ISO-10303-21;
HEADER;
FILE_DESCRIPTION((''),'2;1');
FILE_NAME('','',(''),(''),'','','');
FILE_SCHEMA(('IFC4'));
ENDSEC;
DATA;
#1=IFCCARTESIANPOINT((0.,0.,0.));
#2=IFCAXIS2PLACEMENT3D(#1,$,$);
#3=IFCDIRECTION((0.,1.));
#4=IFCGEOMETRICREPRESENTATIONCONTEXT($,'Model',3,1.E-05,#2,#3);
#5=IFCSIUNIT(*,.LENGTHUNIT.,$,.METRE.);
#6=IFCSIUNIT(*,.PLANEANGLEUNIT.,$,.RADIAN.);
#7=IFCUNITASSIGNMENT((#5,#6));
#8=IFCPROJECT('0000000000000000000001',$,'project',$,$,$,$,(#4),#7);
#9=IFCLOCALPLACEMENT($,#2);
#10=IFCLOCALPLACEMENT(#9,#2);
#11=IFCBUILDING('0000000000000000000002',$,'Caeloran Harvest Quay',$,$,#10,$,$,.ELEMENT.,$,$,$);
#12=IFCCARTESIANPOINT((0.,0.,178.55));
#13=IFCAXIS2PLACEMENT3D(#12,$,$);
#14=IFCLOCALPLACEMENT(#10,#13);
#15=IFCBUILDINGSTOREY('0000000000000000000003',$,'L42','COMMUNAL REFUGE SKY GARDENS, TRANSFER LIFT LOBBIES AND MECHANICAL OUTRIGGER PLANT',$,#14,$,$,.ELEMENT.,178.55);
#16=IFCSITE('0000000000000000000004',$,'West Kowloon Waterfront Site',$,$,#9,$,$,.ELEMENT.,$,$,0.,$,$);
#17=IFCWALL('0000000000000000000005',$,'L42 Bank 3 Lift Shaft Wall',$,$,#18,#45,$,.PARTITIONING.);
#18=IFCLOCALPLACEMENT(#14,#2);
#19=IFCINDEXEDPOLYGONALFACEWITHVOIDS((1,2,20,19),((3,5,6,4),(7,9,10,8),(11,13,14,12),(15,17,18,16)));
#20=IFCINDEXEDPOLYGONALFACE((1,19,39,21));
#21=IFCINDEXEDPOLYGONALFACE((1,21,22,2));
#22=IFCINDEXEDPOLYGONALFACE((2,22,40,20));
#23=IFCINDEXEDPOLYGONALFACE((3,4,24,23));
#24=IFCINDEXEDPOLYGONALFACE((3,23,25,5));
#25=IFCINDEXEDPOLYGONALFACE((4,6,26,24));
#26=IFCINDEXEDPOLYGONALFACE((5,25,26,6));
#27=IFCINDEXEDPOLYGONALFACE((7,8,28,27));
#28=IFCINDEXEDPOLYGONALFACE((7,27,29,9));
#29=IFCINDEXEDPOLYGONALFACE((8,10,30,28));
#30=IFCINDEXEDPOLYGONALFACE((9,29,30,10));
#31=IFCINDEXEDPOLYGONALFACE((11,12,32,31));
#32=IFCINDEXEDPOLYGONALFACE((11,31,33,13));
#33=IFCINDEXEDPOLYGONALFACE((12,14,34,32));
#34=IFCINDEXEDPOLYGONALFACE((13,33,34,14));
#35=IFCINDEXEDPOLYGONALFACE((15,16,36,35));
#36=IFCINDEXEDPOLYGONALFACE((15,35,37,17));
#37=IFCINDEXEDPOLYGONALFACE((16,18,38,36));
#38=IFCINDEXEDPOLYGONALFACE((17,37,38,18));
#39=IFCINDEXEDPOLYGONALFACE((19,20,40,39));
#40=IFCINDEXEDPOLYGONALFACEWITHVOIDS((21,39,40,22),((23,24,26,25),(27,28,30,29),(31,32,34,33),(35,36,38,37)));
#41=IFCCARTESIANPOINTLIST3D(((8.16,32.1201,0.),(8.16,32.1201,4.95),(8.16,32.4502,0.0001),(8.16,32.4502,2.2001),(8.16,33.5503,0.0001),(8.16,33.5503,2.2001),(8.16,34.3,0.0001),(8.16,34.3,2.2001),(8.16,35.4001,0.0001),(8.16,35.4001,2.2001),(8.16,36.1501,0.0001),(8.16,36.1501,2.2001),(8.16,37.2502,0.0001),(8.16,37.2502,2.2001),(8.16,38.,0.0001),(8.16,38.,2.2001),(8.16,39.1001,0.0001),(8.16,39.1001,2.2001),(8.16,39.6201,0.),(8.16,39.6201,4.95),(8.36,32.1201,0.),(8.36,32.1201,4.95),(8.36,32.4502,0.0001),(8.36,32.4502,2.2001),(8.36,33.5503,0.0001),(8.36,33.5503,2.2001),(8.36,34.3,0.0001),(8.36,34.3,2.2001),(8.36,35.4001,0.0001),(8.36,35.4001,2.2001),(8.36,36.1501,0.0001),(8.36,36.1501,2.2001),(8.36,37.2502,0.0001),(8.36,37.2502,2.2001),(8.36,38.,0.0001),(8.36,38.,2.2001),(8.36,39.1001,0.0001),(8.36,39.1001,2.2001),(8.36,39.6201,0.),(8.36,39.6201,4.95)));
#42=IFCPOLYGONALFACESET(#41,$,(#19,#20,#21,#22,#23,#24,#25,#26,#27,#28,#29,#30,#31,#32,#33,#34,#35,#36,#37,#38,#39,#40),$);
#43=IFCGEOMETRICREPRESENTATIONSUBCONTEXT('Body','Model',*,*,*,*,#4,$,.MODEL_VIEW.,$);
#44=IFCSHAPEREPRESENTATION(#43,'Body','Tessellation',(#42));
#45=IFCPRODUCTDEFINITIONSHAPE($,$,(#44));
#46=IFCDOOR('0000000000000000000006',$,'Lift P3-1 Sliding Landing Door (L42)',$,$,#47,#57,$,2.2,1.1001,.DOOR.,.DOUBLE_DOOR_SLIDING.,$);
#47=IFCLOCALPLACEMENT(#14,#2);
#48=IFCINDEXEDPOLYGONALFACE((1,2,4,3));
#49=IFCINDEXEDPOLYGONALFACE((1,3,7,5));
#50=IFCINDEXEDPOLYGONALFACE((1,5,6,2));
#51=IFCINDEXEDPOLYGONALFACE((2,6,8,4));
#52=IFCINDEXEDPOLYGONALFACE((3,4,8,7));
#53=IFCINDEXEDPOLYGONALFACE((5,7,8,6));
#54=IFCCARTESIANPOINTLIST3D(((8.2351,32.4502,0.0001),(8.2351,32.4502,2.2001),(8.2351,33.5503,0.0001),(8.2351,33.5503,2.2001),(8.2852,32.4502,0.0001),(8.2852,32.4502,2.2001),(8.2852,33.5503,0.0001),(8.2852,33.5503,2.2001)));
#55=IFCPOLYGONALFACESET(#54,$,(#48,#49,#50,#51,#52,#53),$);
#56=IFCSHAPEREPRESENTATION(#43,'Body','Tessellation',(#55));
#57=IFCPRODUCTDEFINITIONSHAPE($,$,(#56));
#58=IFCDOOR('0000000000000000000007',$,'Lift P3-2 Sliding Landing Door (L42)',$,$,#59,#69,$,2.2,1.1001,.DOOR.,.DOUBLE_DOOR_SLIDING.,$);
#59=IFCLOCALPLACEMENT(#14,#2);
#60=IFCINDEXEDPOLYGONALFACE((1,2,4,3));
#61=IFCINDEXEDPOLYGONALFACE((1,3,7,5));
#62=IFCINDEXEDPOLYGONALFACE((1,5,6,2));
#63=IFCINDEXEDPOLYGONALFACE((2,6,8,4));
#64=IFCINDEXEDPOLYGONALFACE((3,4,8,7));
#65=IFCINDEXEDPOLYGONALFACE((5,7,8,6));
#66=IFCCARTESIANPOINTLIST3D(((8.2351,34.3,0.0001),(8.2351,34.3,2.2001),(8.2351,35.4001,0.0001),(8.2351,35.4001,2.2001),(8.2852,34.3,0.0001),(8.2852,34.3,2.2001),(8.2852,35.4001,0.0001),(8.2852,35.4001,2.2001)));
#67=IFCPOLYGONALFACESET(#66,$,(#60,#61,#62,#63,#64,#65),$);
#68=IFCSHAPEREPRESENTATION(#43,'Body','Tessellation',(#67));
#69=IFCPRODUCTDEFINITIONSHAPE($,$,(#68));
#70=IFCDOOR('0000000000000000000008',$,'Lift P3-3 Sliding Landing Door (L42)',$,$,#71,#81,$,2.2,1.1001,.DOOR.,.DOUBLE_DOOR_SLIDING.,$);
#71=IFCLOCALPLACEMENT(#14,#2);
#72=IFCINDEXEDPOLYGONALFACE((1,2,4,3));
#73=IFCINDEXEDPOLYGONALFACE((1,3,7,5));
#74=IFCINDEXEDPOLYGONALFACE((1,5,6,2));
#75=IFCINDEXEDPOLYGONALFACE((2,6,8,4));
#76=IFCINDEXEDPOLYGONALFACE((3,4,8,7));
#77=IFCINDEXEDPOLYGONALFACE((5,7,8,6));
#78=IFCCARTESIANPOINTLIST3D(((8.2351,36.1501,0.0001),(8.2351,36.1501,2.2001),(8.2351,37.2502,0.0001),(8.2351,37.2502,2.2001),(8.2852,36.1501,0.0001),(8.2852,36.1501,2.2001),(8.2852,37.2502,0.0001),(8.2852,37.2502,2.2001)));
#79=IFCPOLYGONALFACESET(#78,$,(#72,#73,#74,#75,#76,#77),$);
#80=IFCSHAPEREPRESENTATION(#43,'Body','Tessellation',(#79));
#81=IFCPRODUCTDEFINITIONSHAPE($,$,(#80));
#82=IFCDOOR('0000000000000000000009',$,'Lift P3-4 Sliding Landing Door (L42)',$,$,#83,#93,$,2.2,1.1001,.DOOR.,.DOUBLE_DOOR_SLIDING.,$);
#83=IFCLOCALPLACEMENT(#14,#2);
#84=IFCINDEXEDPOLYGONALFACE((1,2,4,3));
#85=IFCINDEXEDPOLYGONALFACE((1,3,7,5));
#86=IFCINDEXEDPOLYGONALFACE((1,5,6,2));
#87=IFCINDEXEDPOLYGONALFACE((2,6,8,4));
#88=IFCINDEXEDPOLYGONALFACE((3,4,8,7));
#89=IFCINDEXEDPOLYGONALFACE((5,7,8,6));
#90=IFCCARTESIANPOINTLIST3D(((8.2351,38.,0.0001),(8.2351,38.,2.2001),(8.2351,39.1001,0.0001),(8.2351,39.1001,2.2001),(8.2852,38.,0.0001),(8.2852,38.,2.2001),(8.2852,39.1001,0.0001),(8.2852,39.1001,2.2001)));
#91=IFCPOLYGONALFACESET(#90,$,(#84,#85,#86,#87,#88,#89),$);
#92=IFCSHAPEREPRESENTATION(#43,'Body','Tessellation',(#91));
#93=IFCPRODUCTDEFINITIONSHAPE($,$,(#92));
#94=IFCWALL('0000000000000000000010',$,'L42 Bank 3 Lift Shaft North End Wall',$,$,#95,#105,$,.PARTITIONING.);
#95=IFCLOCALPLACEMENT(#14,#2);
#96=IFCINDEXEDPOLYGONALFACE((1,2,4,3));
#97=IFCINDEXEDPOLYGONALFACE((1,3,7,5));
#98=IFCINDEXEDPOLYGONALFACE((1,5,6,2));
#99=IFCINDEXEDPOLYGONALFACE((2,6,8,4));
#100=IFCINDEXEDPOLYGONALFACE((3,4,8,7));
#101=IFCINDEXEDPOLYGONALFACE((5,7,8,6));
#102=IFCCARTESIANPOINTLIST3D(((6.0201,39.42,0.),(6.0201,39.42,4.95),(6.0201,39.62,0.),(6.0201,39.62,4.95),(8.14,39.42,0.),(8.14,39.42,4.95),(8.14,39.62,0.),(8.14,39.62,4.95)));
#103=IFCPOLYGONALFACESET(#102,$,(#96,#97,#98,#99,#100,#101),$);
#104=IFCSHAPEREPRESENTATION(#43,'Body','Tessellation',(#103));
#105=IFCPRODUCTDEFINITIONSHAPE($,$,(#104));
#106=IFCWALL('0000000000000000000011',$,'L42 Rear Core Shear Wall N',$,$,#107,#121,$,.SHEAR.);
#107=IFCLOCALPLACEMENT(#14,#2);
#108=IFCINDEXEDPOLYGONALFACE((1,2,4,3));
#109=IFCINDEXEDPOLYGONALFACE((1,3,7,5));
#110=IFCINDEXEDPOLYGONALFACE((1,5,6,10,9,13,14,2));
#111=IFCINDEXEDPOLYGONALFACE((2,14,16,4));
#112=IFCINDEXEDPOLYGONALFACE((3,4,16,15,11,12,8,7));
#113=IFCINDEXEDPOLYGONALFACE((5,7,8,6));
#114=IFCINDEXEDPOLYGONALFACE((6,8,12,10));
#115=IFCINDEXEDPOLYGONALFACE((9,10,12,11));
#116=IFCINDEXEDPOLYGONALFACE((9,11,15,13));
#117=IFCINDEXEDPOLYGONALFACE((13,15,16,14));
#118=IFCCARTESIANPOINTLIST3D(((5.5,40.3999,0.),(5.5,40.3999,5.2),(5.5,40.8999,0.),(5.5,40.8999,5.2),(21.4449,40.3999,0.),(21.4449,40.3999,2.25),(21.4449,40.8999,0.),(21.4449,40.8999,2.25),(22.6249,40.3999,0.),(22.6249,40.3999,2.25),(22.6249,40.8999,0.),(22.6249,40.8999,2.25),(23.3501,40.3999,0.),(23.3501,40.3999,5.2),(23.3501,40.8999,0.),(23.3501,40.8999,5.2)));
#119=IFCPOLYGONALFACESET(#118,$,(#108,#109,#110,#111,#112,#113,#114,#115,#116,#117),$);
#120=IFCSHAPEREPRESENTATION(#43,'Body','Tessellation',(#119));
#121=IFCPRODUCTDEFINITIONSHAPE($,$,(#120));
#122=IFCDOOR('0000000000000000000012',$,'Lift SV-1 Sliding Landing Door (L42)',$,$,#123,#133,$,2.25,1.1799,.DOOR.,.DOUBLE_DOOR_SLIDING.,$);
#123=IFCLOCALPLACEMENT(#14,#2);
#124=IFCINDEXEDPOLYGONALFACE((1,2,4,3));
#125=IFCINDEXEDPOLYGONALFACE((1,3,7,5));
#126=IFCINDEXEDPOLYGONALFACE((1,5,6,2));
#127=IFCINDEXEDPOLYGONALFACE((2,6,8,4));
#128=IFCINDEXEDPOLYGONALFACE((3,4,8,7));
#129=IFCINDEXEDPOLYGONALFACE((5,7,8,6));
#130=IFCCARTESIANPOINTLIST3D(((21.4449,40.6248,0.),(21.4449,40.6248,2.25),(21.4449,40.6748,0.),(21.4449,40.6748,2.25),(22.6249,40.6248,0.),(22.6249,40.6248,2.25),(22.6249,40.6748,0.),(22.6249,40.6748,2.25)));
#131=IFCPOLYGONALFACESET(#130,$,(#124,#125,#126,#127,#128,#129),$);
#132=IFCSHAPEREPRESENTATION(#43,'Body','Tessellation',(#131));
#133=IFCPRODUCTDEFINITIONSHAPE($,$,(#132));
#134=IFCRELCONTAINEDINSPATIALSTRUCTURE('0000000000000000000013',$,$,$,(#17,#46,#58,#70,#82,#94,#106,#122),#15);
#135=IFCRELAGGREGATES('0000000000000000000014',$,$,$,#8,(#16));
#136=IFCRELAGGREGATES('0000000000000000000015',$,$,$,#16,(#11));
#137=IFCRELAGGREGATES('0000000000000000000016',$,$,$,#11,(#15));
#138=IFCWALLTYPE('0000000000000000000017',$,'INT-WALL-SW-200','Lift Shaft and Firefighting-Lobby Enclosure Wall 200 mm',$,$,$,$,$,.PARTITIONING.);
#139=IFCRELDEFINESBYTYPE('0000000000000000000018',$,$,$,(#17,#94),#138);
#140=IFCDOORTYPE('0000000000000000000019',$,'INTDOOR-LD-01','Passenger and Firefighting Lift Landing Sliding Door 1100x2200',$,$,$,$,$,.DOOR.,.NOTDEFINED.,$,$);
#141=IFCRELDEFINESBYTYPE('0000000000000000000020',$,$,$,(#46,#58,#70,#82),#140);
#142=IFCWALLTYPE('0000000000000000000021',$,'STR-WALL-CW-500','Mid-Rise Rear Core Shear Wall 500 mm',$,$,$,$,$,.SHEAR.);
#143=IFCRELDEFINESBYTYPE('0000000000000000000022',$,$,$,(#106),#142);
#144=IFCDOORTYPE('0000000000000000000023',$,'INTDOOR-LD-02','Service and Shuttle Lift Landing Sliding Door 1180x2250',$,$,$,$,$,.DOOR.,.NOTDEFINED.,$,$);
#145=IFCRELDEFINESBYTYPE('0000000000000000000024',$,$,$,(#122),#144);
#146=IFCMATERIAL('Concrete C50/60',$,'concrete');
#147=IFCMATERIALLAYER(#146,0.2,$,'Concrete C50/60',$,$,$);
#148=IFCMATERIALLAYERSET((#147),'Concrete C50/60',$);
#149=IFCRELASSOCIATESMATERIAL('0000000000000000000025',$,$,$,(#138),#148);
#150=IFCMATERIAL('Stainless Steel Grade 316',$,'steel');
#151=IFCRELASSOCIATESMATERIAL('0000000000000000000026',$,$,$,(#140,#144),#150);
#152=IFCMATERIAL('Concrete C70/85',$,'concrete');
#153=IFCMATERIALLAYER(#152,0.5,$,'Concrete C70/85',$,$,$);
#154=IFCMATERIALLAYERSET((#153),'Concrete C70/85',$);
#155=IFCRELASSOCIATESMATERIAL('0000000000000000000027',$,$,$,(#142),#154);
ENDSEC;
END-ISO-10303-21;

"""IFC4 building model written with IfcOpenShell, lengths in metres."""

from ifc_helpers import new_model, si_unit, direction, frame, frame_2d, origin, place, context, subcontext, project, spatial, rectangle, extrude, material, layer, layer_set, type_object, element, fill, save


model = new_model("IFC4")

# Units and contexts
model_context = context("Model", 3, precision=1e-05, world=origin(), true_north=direction((0.0, 1.0)))
body_context = subcontext(model_context, "Body", "Model", "MODEL_VIEW")
ifc_project = project(units=[si_unit("LENGTHUNIT", "METRE"), si_unit("PLANEANGLEUNIT", "RADIAN")], contexts=[model_context])

# Site, building, storey
site_placement = place(None, origin())
site = spatial("IfcSite", under=ifc_project, at=site_placement, Name="West Kowloon Waterfront Site", CompositionType="ELEMENT", RefElevation=0.0)
building_placement = place(site_placement, origin())
building = spatial("IfcBuilding", under=site, at=building_placement, Name="Caeloran Harvest Quay", CompositionType="ELEMENT")
storey_placement = place(building_placement, frame((0.0, 0.0, 178.55)))
storey = spatial("IfcBuildingStorey", under=building, at=storey_placement, Name="L42", Description="COMMUNAL REFUGE SKY GARDENS, TRANSFER LIFT LOBBIES AND MECHANICAL OUTRIGGER PLANT", CompositionType="ELEMENT", Elevation=178.55)

# Wall, openings, doors
ifc_material_1 = material(Name="Concrete C50/60", Category="concrete")
ifc_layer_1 = layer(ifc_material_1, 0.2, Name="Concrete C50/60")
ifc_layer_set_1 = layer_set([ifc_layer_1], Name="Concrete C50/60")
wall_type_1 = type_object("IfcWallType", Name="INT-WALL-SW-200", Description="Lift Shaft and Firefighting-Lobby Enclosure Wall 200 mm", PredefinedType="PARTITIONING", material=ifc_layer_set_1)
wall_1_placement = place(storey_placement, frame((8.26, 32.1201, 0.0), z_axis=(0.0, 0.0, 1.0), x_axis=(0.0, 1.0, 0.0)))
wall_1 = element("IfcWall", 1, at=wall_1_placement, inside=storey, type_object=wall_type_1, Name="L42 Bank 3 Lift Shaft Wall", PredefinedType="PARTITIONING", context=body_context, shape_type="SweptSolid", body=[
    extrude(rectangle(XDim=7.5, YDim=0.2, at=frame_2d((3.75, 0.0))), origin(), (0.0, 0.0, 1.0), 4.95),
])
opening_1_placement = place(wall_1_placement, frame((0.3301, 0.0, 0.0)))
opening_1 = element("IfcOpeningElement", 2, at=opening_1_placement, cuts=wall_1, PredefinedType="OPENING", context=body_context, shape_type="SweptSolid", body=[
    extrude(rectangle(XDim=1.1001, YDim=2.2, at=frame_2d((0.55, 1.1001))), frame((0.0, 0.1099, 0.0), z_axis=(0.0, -1.0, 0.0), x_axis=(1.0, 0.0, 0.0)), (0.0, 0.0, 1.0), 0.22),
])
opening_2_placement = place(wall_1_placement, frame((2.1799, 0.0, 0.0)))
opening_2 = element("IfcOpeningElement", 3, at=opening_2_placement, cuts=wall_1, PredefinedType="OPENING", context=body_context, shape_type="SweptSolid", body=[
    extrude(rectangle(XDim=1.1001, YDim=2.2, at=frame_2d((0.55, 1.1001))), frame((0.0, 0.1099, 0.0), z_axis=(0.0, -1.0, 0.0), x_axis=(1.0, 0.0, 0.0)), (0.0, 0.0, 1.0), 0.22),
])
opening_3_placement = place(wall_1_placement, frame((4.03, 0.0, 0.0)))
opening_3 = element("IfcOpeningElement", 4, at=opening_3_placement, cuts=wall_1, PredefinedType="OPENING", context=body_context, shape_type="SweptSolid", body=[
    extrude(rectangle(XDim=1.1001, YDim=2.2, at=frame_2d((0.55, 1.1001))), frame((0.0, 0.1099, 0.0), z_axis=(0.0, -1.0, 0.0), x_axis=(1.0, 0.0, 0.0)), (0.0, 0.0, 1.0), 0.22),
])
opening_4_placement = place(wall_1_placement, frame((5.8799, 0.0, 0.0)))
opening_4 = element("IfcOpeningElement", 5, at=opening_4_placement, cuts=wall_1, PredefinedType="OPENING", context=body_context, shape_type="SweptSolid", body=[
    extrude(rectangle(XDim=1.1001, YDim=2.2, at=frame_2d((0.55, 1.1001))), frame((0.0, 0.1099, 0.0), z_axis=(0.0, -1.0, 0.0), x_axis=(1.0, 0.0, 0.0)), (0.0, 0.0, 1.0), 0.22),
])
ifc_material_2 = material(Name="Stainless Steel Grade 316", Category="steel")
door_type_1 = type_object("IfcDoorType", Name="INTDOOR-LD-01", Description="Passenger and Firefighting Lift Landing Sliding Door 1100x2200", OperationType="NOTDEFINED", PredefinedType="DOOR", material=ifc_material_2)
door_1_placement = place(opening_1_placement, origin())
door_1 = element("IfcDoor", 6, at=door_1_placement, inside=storey, type_object=door_type_1, Name="Lift P3-1 Sliding Landing Door (L42)", OperationType="DOUBLE_DOOR_SLIDING", OverallHeight=2.2, OverallWidth=1.1001, PredefinedType="DOOR", context=body_context, shape_type="SweptSolid", body=[
    extrude(rectangle(XDim=1.1001, YDim=2.2, at=frame_2d((0.55, 1.1001))), frame((0.0, 0.0249, 0.0), z_axis=(0.0, -1.0, 0.0), x_axis=(1.0, 0.0, 0.0)), (0.0, 0.0, 1.0), 0.05),
])
fill(opening_1, door_1)
door_2_placement = place(opening_2_placement, origin())
door_2 = element("IfcDoor", 7, at=door_2_placement, inside=storey, type_object=door_type_1, Name="Lift P3-2 Sliding Landing Door (L42)", OperationType="DOUBLE_DOOR_SLIDING", OverallHeight=2.2, OverallWidth=1.1001, PredefinedType="DOOR", context=body_context, shape_type="SweptSolid", body=[
    extrude(rectangle(XDim=1.1001, YDim=2.2, at=frame_2d((0.55, 1.1001))), frame((0.0, 0.0249, 0.0), z_axis=(0.0, -1.0, 0.0), x_axis=(1.0, 0.0, 0.0)), (0.0, 0.0, 1.0), 0.05),
])
fill(opening_2, door_2)
door_3_placement = place(opening_3_placement, origin())
door_3 = element("IfcDoor", 8, at=door_3_placement, inside=storey, type_object=door_type_1, Name="Lift P3-3 Sliding Landing Door (L42)", OperationType="DOUBLE_DOOR_SLIDING", OverallHeight=2.2, OverallWidth=1.1001, PredefinedType="DOOR", context=body_context, shape_type="SweptSolid", body=[
    extrude(rectangle(XDim=1.1001, YDim=2.2, at=frame_2d((0.55, 1.1001))), frame((0.0, 0.0249, 0.0), z_axis=(0.0, -1.0, 0.0), x_axis=(1.0, 0.0, 0.0)), (0.0, 0.0, 1.0), 0.05),
])
fill(opening_3, door_3)
door_4_placement = place(opening_4_placement, origin())
door_4 = element("IfcDoor", 9, at=door_4_placement, inside=storey, type_object=door_type_1, Name="Lift P3-4 Sliding Landing Door (L42)", OperationType="DOUBLE_DOOR_SLIDING", OverallHeight=2.2, OverallWidth=1.1001, PredefinedType="DOOR", context=body_context, shape_type="SweptSolid", body=[
    extrude(rectangle(XDim=1.1001, YDim=2.2, at=frame_2d((0.55, 1.1001))), frame((0.0, 0.0249, 0.0), z_axis=(0.0, -1.0, 0.0), x_axis=(1.0, 0.0, 0.0)), (0.0, 0.0, 1.0), 0.05),
])
fill(opening_4, door_4)

# Wall
wall_2_placement = place(storey_placement, frame((6.02, 39.52, 0.0), z_axis=(0.0, 0.0, 1.0), x_axis=(1.0, 0.0, 0.0)))
element("IfcWall", 10, at=wall_2_placement, inside=storey, type_object=wall_type_1, Name="L42 Bank 3 Lift Shaft North End Wall", PredefinedType="PARTITIONING", context=body_context, shape_type="SweptSolid", body=[
    extrude(rectangle(XDim=2.1199, YDim=0.2, at=frame_2d((1.0601, 0.0))), origin(), (0.0, 0.0, 1.0), 4.95),
])

# Wall, opening, door
ifc_material_3 = material(Name="Concrete C70/85", Category="concrete")
ifc_layer_2 = layer(ifc_material_3, 0.5, Name="Concrete C70/85")
ifc_layer_set_2 = layer_set([ifc_layer_2], Name="Concrete C70/85")
wall_type_2 = type_object("IfcWallType", Name="STR-WALL-CW-500", Description="Mid-Rise Rear Core Shear Wall 500 mm", PredefinedType="SHEAR", material=ifc_layer_set_2)
wall_3_placement = place(storey_placement, frame((5.5, 40.6499, 0.0), z_axis=(0.0, 0.0, 1.0), x_axis=(1.0, 0.0, 0.0)))
wall_3 = element("IfcWall", 11, at=wall_3_placement, inside=storey, type_object=wall_type_2, Name="L42 Rear Core Shear Wall N", PredefinedType="SHEAR", context=body_context, shape_type="SweptSolid", body=[
    extrude(rectangle(XDim=17.8501, YDim=0.5, at=frame_2d((8.925, 0.0))), origin(), (0.0, 0.0, 1.0), 5.2),
])
opening_5_placement = place(wall_3_placement, frame((15.9451, 0.0, 0.0)))
opening_5 = element("IfcOpeningElement", 12, at=opening_5_placement, cuts=wall_3, PredefinedType="OPENING", context=body_context, shape_type="SweptSolid", body=[
    extrude(rectangle(XDim=1.1799, YDim=2.25, at=frame_2d((0.5898, 1.125))), frame((0.0, 0.26, 0.0), z_axis=(0.0, -1.0, 0.0), x_axis=(1.0, 0.0, 0.0)), (0.0, 0.0, 1.0), 0.52),
])
door_type_2 = type_object("IfcDoorType", Name="INTDOOR-LD-02", Description="Service and Shuttle Lift Landing Sliding Door 1180x2250", OperationType="NOTDEFINED", PredefinedType="DOOR", material=ifc_material_2)
door_5_placement = place(opening_5_placement, origin())
door_5 = element("IfcDoor", 13, at=door_5_placement, inside=storey, type_object=door_type_2, Name="Lift SV-1 Sliding Landing Door (L42)", OperationType="DOUBLE_DOOR_SLIDING", OverallHeight=2.25, OverallWidth=1.1799, PredefinedType="DOOR", context=body_context, shape_type="SweptSolid", body=[
    extrude(rectangle(XDim=1.1799, YDim=2.25, at=frame_2d((0.5898, 1.125))), frame((0.0, 0.0249, 0.0), z_axis=(0.0, -1.0, 0.0), x_axis=(1.0, 0.0, 0.0)), (0.0, 0.0, 1.0), 0.05),
])
fill(opening_5, door_5)

save(model, "model.ifc")
